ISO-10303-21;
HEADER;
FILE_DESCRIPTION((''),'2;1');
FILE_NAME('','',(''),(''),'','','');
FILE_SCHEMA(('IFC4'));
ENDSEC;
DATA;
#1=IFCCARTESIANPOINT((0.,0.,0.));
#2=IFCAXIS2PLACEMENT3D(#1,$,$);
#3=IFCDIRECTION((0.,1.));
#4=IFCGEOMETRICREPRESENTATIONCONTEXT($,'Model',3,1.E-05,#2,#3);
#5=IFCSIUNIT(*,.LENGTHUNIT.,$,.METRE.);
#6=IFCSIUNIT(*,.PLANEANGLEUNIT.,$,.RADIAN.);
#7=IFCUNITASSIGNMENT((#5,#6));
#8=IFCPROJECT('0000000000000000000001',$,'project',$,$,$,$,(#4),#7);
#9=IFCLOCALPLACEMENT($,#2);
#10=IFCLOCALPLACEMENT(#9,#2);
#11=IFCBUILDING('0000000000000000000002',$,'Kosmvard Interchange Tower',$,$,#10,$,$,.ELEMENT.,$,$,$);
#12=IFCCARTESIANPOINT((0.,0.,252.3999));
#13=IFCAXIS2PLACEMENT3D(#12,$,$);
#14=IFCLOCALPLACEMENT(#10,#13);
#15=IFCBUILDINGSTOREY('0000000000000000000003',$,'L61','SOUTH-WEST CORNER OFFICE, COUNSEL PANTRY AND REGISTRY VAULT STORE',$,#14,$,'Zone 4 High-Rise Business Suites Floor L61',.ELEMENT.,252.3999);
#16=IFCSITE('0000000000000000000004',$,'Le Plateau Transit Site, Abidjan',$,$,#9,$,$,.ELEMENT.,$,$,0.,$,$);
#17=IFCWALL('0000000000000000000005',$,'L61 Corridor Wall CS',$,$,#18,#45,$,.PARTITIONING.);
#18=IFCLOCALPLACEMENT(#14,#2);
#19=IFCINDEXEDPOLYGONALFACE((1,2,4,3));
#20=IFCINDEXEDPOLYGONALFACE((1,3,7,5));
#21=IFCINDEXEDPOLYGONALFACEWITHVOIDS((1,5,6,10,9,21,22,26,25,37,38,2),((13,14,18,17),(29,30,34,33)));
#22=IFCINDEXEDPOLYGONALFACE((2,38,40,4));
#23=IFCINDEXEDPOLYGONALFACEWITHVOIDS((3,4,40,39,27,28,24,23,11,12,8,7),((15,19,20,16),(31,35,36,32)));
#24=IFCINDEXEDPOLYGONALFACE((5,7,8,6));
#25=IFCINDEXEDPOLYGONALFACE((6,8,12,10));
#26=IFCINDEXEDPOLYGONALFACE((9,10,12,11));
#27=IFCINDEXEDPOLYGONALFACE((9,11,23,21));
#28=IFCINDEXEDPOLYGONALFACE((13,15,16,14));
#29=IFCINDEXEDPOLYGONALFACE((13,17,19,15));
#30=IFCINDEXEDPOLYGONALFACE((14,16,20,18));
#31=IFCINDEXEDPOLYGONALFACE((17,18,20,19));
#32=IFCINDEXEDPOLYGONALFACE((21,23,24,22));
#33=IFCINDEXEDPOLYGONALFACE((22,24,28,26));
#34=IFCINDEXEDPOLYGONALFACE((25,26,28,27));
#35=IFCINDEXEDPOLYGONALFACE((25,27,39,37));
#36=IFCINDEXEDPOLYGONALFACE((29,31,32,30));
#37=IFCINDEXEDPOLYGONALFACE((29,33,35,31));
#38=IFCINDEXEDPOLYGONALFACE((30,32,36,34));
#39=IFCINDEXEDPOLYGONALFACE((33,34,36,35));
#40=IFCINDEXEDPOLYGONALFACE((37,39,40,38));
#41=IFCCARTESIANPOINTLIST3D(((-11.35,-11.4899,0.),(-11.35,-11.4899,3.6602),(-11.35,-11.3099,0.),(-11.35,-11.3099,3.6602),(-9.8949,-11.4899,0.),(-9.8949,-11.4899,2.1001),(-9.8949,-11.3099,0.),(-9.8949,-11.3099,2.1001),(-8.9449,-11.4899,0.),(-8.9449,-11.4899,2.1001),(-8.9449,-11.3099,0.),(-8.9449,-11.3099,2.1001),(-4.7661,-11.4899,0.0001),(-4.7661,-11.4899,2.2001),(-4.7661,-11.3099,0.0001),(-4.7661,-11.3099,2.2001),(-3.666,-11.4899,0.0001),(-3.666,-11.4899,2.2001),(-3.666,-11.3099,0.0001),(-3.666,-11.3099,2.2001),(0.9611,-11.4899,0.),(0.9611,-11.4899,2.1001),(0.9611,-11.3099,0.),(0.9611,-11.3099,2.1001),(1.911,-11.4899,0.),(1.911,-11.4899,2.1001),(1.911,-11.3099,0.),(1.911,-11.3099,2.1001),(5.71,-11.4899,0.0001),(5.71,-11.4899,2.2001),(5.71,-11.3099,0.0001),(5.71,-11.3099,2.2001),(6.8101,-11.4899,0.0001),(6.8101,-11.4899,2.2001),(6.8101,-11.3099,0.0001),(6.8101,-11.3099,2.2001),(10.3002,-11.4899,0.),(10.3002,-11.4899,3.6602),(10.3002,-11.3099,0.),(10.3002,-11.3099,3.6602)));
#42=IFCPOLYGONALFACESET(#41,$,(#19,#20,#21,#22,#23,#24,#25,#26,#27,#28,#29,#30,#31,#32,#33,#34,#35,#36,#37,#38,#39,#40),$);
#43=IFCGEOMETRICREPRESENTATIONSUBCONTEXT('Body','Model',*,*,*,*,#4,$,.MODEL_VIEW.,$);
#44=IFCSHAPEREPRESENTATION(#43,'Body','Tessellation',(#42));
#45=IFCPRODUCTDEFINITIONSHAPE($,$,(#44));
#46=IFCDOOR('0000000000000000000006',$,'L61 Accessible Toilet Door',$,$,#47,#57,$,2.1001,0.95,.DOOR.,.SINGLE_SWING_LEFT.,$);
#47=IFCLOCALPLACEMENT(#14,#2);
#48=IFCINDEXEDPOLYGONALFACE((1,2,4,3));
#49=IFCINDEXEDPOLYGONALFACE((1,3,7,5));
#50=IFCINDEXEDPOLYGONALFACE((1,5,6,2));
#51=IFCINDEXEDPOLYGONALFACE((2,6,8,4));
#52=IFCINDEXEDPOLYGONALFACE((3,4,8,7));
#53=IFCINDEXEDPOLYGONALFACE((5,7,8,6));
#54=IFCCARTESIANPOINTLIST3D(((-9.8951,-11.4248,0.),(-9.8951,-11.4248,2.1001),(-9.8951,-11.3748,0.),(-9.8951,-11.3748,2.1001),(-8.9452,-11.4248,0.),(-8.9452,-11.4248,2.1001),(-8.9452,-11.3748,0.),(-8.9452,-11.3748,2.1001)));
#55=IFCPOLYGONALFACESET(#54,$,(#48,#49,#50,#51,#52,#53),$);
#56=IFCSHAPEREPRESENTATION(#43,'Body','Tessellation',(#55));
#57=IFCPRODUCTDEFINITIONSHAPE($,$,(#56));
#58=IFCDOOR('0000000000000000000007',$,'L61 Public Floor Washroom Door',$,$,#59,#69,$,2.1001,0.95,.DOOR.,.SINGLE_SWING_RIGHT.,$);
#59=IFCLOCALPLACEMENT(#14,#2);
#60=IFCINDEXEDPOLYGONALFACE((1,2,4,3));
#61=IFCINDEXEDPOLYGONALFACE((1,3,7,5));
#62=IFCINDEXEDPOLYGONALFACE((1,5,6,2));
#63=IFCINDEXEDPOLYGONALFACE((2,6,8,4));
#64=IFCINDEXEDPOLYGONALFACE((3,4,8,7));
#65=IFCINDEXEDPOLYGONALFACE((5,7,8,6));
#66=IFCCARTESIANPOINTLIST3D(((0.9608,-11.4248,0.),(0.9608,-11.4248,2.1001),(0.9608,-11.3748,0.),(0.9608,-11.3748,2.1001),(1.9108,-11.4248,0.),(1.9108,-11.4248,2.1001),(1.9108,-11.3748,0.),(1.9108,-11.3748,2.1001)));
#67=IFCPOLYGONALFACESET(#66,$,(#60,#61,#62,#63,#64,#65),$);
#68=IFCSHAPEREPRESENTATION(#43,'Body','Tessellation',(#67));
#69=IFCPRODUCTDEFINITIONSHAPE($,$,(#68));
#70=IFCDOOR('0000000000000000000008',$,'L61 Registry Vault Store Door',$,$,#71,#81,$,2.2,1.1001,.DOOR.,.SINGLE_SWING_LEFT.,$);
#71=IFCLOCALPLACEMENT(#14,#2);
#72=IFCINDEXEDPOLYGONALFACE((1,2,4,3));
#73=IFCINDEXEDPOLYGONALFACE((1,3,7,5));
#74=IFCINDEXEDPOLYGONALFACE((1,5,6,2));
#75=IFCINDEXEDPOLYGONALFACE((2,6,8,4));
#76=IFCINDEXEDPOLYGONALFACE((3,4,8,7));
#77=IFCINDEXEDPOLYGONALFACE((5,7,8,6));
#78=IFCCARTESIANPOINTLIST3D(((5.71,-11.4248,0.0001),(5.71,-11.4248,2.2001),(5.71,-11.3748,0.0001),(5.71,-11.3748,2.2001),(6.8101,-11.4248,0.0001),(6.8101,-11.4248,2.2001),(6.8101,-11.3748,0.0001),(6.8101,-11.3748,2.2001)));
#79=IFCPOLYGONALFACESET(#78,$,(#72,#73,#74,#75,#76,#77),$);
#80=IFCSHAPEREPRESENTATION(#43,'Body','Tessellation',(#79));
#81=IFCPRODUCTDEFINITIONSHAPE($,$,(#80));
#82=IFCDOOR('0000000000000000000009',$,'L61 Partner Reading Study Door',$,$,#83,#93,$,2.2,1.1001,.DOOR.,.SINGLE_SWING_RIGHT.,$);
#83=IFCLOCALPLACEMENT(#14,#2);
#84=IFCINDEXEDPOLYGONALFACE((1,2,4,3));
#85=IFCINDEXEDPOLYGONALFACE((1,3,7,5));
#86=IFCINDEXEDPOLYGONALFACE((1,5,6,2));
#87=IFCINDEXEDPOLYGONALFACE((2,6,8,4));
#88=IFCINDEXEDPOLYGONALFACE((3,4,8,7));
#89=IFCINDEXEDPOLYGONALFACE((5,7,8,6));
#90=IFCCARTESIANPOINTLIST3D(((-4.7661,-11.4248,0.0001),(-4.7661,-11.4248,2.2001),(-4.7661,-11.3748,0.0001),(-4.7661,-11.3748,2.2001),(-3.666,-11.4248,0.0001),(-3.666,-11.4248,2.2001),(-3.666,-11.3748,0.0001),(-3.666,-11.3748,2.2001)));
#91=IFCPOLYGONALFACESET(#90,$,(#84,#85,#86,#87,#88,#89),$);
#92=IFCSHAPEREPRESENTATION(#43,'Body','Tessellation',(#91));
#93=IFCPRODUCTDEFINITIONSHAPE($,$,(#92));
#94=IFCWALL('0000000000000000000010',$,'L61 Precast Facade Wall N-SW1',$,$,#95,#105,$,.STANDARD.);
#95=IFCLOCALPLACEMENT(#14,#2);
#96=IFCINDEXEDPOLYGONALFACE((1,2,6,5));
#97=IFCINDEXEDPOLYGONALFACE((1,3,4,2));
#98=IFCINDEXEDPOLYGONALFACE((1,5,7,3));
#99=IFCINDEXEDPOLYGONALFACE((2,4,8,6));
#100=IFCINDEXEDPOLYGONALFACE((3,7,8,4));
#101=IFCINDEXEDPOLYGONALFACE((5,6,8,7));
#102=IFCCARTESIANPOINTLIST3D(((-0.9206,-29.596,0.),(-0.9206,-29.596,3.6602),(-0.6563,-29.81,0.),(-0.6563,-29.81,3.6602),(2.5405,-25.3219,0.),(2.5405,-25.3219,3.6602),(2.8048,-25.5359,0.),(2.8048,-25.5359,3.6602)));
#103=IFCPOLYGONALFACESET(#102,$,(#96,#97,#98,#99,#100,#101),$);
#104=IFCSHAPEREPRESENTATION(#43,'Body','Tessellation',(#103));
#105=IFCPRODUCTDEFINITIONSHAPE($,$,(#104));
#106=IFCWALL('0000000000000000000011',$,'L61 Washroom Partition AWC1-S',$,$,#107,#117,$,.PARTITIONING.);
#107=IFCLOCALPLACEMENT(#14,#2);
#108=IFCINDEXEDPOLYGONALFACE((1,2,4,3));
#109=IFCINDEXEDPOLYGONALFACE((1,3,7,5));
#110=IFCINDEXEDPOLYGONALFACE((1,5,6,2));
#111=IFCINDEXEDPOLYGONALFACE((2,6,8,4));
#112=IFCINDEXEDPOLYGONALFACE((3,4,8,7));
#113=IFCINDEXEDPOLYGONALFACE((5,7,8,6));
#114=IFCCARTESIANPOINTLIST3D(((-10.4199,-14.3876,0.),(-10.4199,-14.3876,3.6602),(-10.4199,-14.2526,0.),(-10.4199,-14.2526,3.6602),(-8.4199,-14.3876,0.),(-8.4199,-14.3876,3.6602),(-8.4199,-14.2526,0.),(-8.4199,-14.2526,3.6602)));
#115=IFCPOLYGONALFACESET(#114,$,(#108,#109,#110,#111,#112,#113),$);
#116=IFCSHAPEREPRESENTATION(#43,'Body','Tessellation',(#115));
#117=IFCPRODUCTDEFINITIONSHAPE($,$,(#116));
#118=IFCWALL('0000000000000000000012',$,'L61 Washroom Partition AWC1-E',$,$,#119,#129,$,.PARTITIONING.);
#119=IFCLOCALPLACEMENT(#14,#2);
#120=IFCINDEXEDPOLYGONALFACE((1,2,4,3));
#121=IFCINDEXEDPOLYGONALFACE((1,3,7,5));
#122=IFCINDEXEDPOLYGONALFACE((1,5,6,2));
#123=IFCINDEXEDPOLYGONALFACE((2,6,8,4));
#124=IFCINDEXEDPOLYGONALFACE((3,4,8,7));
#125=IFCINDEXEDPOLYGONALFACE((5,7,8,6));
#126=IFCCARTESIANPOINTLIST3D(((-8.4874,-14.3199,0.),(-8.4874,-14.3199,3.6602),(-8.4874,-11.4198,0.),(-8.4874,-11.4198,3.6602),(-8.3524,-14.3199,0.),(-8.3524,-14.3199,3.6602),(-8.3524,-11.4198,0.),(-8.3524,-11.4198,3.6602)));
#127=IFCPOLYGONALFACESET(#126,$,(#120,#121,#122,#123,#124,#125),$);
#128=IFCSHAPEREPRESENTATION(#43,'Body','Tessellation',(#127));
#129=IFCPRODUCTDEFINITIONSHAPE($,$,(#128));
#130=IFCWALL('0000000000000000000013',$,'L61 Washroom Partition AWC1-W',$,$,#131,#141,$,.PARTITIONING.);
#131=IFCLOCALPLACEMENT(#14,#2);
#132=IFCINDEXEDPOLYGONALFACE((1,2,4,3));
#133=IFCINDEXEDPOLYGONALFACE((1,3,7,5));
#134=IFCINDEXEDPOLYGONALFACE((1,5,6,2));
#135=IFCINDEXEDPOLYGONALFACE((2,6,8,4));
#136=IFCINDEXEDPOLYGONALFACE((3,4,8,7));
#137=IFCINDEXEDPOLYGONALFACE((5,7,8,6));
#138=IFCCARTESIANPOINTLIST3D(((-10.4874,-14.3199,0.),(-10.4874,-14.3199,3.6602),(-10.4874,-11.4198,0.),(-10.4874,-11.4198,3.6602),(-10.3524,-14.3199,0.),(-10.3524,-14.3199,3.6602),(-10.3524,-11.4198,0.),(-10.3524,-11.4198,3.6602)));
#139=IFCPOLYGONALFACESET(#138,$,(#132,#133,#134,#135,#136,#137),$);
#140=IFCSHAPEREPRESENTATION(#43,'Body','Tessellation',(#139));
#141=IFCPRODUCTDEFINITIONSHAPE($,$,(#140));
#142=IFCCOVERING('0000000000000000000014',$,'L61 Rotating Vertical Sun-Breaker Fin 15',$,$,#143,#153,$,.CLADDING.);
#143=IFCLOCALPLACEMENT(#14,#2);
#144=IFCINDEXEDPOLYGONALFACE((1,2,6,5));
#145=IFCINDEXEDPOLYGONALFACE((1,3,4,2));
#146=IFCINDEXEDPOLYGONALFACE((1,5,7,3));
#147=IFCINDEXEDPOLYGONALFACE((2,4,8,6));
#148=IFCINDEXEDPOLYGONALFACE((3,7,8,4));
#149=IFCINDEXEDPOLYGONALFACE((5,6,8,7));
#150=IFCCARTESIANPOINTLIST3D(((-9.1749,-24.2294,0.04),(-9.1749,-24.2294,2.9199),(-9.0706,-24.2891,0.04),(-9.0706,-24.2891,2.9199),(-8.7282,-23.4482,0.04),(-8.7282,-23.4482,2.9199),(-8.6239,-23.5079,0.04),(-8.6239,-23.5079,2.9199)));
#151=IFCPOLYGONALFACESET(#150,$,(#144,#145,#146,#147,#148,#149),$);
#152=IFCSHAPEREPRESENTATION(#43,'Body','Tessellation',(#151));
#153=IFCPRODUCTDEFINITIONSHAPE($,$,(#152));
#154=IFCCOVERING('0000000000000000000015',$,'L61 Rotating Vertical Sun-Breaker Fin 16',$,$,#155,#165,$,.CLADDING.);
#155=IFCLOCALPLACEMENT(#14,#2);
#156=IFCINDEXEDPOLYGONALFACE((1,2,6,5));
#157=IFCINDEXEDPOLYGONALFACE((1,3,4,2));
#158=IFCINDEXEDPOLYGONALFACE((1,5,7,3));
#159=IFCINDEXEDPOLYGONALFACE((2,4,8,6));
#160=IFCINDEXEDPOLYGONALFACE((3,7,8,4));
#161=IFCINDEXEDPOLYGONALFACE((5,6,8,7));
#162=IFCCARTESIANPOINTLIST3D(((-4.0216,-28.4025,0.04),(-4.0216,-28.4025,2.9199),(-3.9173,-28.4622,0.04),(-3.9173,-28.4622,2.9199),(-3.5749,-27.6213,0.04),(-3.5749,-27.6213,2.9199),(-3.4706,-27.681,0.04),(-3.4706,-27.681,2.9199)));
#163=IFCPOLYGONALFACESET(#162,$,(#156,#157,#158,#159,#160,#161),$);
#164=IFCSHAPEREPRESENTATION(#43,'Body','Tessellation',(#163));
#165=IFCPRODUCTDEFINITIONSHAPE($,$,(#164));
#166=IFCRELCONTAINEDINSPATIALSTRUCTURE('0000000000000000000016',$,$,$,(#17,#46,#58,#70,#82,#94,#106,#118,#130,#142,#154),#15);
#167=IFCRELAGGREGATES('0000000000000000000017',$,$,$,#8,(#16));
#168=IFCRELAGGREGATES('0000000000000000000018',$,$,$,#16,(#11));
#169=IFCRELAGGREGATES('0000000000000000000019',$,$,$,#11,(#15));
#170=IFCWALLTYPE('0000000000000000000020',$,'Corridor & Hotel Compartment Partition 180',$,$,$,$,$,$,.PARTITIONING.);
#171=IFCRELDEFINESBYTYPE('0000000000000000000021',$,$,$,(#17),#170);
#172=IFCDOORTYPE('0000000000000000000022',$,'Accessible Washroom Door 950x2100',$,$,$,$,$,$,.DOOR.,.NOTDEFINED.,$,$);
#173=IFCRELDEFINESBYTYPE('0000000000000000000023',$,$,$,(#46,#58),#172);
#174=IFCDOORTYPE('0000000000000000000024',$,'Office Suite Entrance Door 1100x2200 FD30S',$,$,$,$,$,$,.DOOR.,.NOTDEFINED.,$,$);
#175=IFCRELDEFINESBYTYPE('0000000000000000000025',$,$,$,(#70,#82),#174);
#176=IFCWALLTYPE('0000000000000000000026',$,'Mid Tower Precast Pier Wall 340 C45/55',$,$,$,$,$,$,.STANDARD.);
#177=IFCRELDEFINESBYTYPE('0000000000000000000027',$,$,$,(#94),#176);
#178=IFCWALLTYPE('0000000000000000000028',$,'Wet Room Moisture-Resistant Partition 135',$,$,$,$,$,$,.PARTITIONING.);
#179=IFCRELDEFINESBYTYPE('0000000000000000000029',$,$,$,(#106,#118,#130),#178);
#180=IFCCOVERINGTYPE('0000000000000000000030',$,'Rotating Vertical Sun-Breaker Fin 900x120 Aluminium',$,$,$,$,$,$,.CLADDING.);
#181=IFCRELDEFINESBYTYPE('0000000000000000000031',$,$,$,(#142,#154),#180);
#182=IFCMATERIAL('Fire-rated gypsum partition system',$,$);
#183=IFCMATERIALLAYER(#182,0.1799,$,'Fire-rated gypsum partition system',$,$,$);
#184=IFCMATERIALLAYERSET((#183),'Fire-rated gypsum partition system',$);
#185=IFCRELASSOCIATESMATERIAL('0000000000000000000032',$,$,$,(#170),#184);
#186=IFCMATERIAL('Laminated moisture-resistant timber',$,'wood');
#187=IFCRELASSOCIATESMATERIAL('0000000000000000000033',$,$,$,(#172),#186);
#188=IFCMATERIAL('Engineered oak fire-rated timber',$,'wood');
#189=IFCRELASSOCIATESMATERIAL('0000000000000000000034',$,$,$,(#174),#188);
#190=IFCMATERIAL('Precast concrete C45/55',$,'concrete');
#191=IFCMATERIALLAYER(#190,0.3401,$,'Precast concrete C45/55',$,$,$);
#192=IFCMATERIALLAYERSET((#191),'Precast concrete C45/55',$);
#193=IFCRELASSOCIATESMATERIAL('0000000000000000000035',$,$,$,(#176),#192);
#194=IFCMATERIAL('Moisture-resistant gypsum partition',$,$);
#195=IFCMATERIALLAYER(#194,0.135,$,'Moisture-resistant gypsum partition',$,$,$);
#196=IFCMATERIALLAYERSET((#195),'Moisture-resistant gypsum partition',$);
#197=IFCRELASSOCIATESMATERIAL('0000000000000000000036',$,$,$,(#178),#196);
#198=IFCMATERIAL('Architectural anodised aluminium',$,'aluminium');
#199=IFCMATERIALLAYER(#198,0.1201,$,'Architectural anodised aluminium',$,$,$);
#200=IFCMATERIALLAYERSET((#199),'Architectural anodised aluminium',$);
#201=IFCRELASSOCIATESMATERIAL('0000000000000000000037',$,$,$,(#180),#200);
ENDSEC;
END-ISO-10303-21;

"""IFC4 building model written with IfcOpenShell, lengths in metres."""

from ifc_helpers import new_model, si_unit, direction, frame, frame_2d, origin, origin_2d, place, context, subcontext, project, spatial, rectangle, extrude, source, transform, mapped, material, layer, layer_set, type_object, element, fill, save


model = new_model("IFC4")

# Units and contexts
model_context = context("Model", 3, precision=1e-05, world=origin(), true_north=direction((0.0, 1.0)))
body_context = subcontext(model_context, "Body", "Model", "MODEL_VIEW")
ifc_project = project(units=[si_unit("LENGTHUNIT", "METRE"), si_unit("PLANEANGLEUNIT", "RADIAN")], contexts=[model_context])

# Site, building, storey
site_placement = place(None, origin())
site = spatial("IfcSite", under=ifc_project, at=site_placement, Name="Le Plateau Transit Site, Abidjan", CompositionType="ELEMENT", RefElevation=0.0)
building_placement = place(site_placement, origin())
building = spatial("IfcBuilding", under=site, at=building_placement, Name="Kosmvard Interchange Tower", CompositionType="ELEMENT")
storey_placement = place(building_placement, frame((0.0, 0.0, 252.3999)))
storey = spatial("IfcBuildingStorey", under=building, at=storey_placement, Name="L61", Description="SOUTH-WEST CORNER OFFICE, COUNSEL PANTRY AND REGISTRY VAULT STORE", LongName="Zone 4 High-Rise Business Suites Floor L61", CompositionType="ELEMENT", Elevation=252.3999)

# Shared definitions
ifc_material_1 = material(Name="Precast concrete C45/55", Category="concrete")

# Wall, openings, doors
ifc_material_2 = material(Name="Fire-rated gypsum partition system")
ifc_layer_1 = layer(ifc_material_2, 0.1799, Name="Fire-rated gypsum partition system")
ifc_layer_set_1 = layer_set([ifc_layer_1], Name="Fire-rated gypsum partition system")
wall_type_1 = type_object("IfcWallType", Name="Corridor & Hotel Compartment Partition 180", PredefinedType="PARTITIONING", material=ifc_layer_set_1)
wall_1_placement = place(storey_placement, frame((-11.3501, -11.3999, 0.0), z_axis=(0.0, 0.0, 1.0), x_axis=(1.0, 0.0, 0.0)))
wall_1 = element("IfcWall", 1, at=wall_1_placement, inside=storey, type_object=wall_type_1, Name="L61 Corridor Wall CS", PredefinedType="PARTITIONING", context=body_context, shape_type="SweptSolid", body=[
    extrude(rectangle(XDim=21.6501, YDim=0.1799, at=frame_2d((10.8252, 0.0))), origin(), (0.0, 0.0, 1.0), 3.6602),
])
opening_1_placement = place(wall_1_placement, frame((1.4551, 0.0, 0.0)))
opening_1 = element("IfcOpeningElement", 2, at=opening_1_placement, cuts=wall_1, PredefinedType="OPENING", context=body_context, shape_type="SweptSolid", body=[
    extrude(rectangle(XDim=0.95, YDim=2.1001, at=frame_2d((0.4751, 1.05))), frame((0.0, 0.1001, 0.0), z_axis=(0.0, -1.0, 0.0), x_axis=(1.0, 0.0, 0.0)), (0.0, 0.0, 1.0), 0.2),
])
opening_2_placement = place(wall_1_placement, frame((12.311, 0.0, 0.0)))
opening_2 = element("IfcOpeningElement", 3, at=opening_2_placement, cuts=wall_1, PredefinedType="OPENING", context=body_context, shape_type="SweptSolid", body=[
    extrude(rectangle(XDim=0.95, YDim=2.1001, at=frame_2d((0.4751, 1.05))), frame((0.0, 0.1001, 0.0), z_axis=(0.0, -1.0, 0.0), x_axis=(1.0, 0.0, 0.0)), (0.0, 0.0, 1.0), 0.2),
])
opening_3_placement = place(wall_1_placement, frame((17.0601, 0.0, 0.0)))
opening_3 = element("IfcOpeningElement", 4, at=opening_3_placement, cuts=wall_1, PredefinedType="OPENING", context=body_context, shape_type="SweptSolid", body=[
    extrude(rectangle(XDim=1.1001, YDim=2.2, at=frame_2d((0.55, 1.1001))), frame((0.0, 0.1001, 0.0), z_axis=(0.0, -1.0, 0.0), x_axis=(1.0, 0.0, 0.0)), (0.0, 0.0, 1.0), 0.2),
])
opening_4_placement = place(wall_1_placement, frame((6.584, 0.0, 0.0)))
opening_4 = element("IfcOpeningElement", 5, at=opening_4_placement, cuts=wall_1, PredefinedType="OPENING", context=body_context, shape_type="SweptSolid", body=[
    extrude(rectangle(XDim=1.1001, YDim=2.2, at=frame_2d((0.55, 1.1001))), frame((0.0, 0.1001, 0.0), z_axis=(0.0, -1.0, 0.0), x_axis=(1.0, 0.0, 0.0)), (0.0, 0.0, 1.0), 0.2),
])
ifc_material_3 = material(Name="Laminated moisture-resistant timber", Category="wood")
door_type_1 = type_object("IfcDoorType", Name="Accessible Washroom Door 950x2100", OperationType="NOTDEFINED", PredefinedType="DOOR", material=ifc_material_3)
shared_shape_1 = source(origin(), body_context, "Body", "SweptSolid", [
    extrude(rectangle(XDim=0.95, YDim=2.1001, at=frame_2d((0.4751, 1.05))), frame((0.0, 0.0249, 0.0), z_axis=(0.0, -1.0, 0.0), x_axis=(1.0, 0.0, 0.0)), (0.0, 0.0, 1.0), 0.05),
])
door_1_placement = place(opening_1_placement, frame((0.95, 0.0, 0.0), z_axis=(0.0, 0.0, 1.0), x_axis=(-1.0, 0.0, 0.0)))
door_1 = element("IfcDoor", 6, at=door_1_placement, inside=storey, type_object=door_type_1, Name="L61 Accessible Toilet Door", OperationType="SINGLE_SWING_LEFT", OverallHeight=2.1001, OverallWidth=0.95, PredefinedType="DOOR", context=body_context, shape_type="MappedRepresentation", body=[
    mapped(shared_shape_1, transform((0.0, 0.0, 0.0), scale=1.0)),
])
fill(opening_1, door_1)
door_2_placement = place(opening_2_placement, frame((0.95, 0.0, 0.0), z_axis=(0.0, 0.0, 1.0), x_axis=(-1.0, 0.0, 0.0)))
door_2 = element("IfcDoor", 7, at=door_2_placement, inside=storey, type_object=door_type_1, Name="L61 Public Floor Washroom Door", OperationType="SINGLE_SWING_RIGHT", OverallHeight=2.1001, OverallWidth=0.95, PredefinedType="DOOR", context=body_context, shape_type="MappedRepresentation", body=[
    mapped(shared_shape_1, transform((0.0, 0.0, 0.0), scale=1.0)),
])
fill(opening_2, door_2)
ifc_material_4 = material(Name="Engineered oak fire-rated timber", Category="wood")
door_type_2 = type_object("IfcDoorType", Name="Office Suite Entrance Door 1100x2200 FD30S", OperationType="NOTDEFINED", PredefinedType="DOOR", material=ifc_material_4)
shared_shape_2 = source(origin(), body_context, "Body", "SweptSolid", [
    extrude(rectangle(XDim=1.1001, YDim=2.2, at=frame_2d((0.55, 1.1001))), frame((0.0, 0.0249, 0.0), z_axis=(0.0, -1.0, 0.0), x_axis=(1.0, 0.0, 0.0)), (0.0, 0.0, 1.0), 0.05),
])
door_3_placement = place(opening_3_placement, frame((1.1001, 0.0, 0.0), z_axis=(0.0, 0.0, 1.0), x_axis=(-1.0, 0.0, 0.0)))
door_3 = element("IfcDoor", 8, at=door_3_placement, inside=storey, type_object=door_type_2, Name="L61 Registry Vault Store Door", OperationType="SINGLE_SWING_LEFT", OverallHeight=2.2, OverallWidth=1.1001, PredefinedType="DOOR", context=body_context, shape_type="MappedRepresentation", body=[
    mapped(shared_shape_2, transform((0.0, 0.0, 0.0), scale=1.0)),
])
fill(opening_3, door_3)
door_4_placement = place(opening_4_placement, frame((1.1001, 0.0, 0.0), z_axis=(0.0, 0.0, 1.0), x_axis=(-1.0, 0.0, 0.0)))
door_4 = element("IfcDoor", 9, at=door_4_placement, inside=storey, type_object=door_type_2, Name="L61 Partner Reading Study Door", OperationType="SINGLE_SWING_RIGHT", OverallHeight=2.2, OverallWidth=1.1001, PredefinedType="DOOR", context=body_context, shape_type="MappedRepresentation", body=[
    mapped(shared_shape_2, transform((0.0, 0.0, 0.0), scale=1.0)),
])
fill(opening_4, door_4)

# Walls
ifc_layer_2 = layer(ifc_material_1, 0.3401, Name="Precast concrete C45/55")
ifc_layer_set_2 = layer_set([ifc_layer_2], Name="Precast concrete C45/55")
wall_type_2 = type_object("IfcWallType", Name="Mid Tower Precast Pier Wall 340 C45/55", PredefinedType="STANDARD", material=ifc_layer_set_2)
wall_2_placement = place(storey_placement, frame((-0.7886, -29.7031, 0.0), z_axis=(0.0, 0.0, 1.0), x_axis=(0.629323, 0.777144, 0.0)))
element("IfcWall", 10, at=wall_2_placement, inside=storey, type_object=wall_type_2, Name="L61 Precast Facade Wall N-SW1", PredefinedType="STANDARD", context=body_context, shape_type="SweptSolid", body=[
    extrude(rectangle(XDim=5.4998, YDim=0.3401, at=frame_2d((2.75, 0.0))), origin(), (0.0, 0.0, 1.0), 3.6602),
])
ifc_material_5 = material(Name="Moisture-resistant gypsum partition")
ifc_layer_3 = layer(ifc_material_5, 0.135, Name="Moisture-resistant gypsum partition")
ifc_layer_set_3 = layer_set([ifc_layer_3], Name="Moisture-resistant gypsum partition")
wall_type_3 = type_object("IfcWallType", Name="Wet Room Moisture-Resistant Partition 135", PredefinedType="PARTITIONING", material=ifc_layer_set_3)
wall_3_placement = place(storey_placement, frame((-10.4199, -14.3201, 0.0), z_axis=(0.0, 0.0, 1.0), x_axis=(1.0, 0.0, 0.0)))
element("IfcWall", 11, at=wall_3_placement, inside=storey, type_object=wall_type_3, Name="L61 Washroom Partition AWC1-S", PredefinedType="PARTITIONING", context=body_context, shape_type="SweptSolid", body=[
    extrude(rectangle(XDim=2.0, YDim=0.135, at=frame_2d((1.0, 0.0))), origin(), (0.0, 0.0, 1.0), 3.6602),
])
for number, where, z_axis, x_axis, name in (
    (12, (-8.4199, -14.3201, 0.0), (0.0, 0.0, 1.0), (0.0, 1.0, 0.0), "L61 Washroom Partition AWC1-E"),
    (13, (-10.4199, -14.3201, 0.0), (0.0, 0.0, 1.0), (0.0, 1.0, 0.0), "L61 Washroom Partition AWC1-W"),
):
    element("IfcWall", number, at=place(storey_placement, frame(where, z_axis=z_axis, x_axis=x_axis)), inside=storey, type_object=wall_type_3, Name=name, PredefinedType="PARTITIONING", context=body_context, shape_type="SweptSolid", body=[
        extrude(rectangle(XDim=2.9001, YDim=0.135, at=frame_2d((1.4502, 0.0))), origin(), (0.0, 0.0, 1.0), 3.6602),
    ])

# Coverings
ifc_material_6 = material(Name="Architectural anodised aluminium", Category="aluminium")
ifc_layer_4 = layer(ifc_material_6, 0.1201, Name="Architectural anodised aluminium")
ifc_layer_set_4 = layer_set([ifc_layer_4], Name="Architectural anodised aluminium")
covering_type = type_object("IfcCoveringType", Name="Rotating Vertical Sun-Breaker Fin 900x120 Aluminium", PredefinedType="CLADDING", material=ifc_layer_set_4)
shared_shape_3 = source(origin(), body_context, "Body", "SweptSolid", [
    extrude(rectangle(XDim=0.8999, YDim=0.1201, at=origin_2d()), origin(), (0.0, 0.0, 1.0), 2.8799),
])
for number, where, z_axis, x_axis, name in (
    (14, (-8.8994, -23.8687, 0.04), (0.0, 0.0, 1.0), (-0.496368, -0.868112, 0.0), "L61 Rotating Vertical Sun-Breaker Fin 15"),
    (15, (-3.7461, -28.0417, 0.04), (0.0, 0.0, 1.0), (-0.496368, -0.868112, 0.0), "L61 Rotating Vertical Sun-Breaker Fin 16"),
):
    element("IfcCovering", number, at=place(storey_placement, frame(where, z_axis=z_axis, x_axis=x_axis)), inside=storey, type_object=covering_type, Name=name, PredefinedType="CLADDING", context=body_context, shape_type="MappedRepresentation", body=[
        mapped(shared_shape_3, transform((0.0, 0.0, 0.0), scale=1.0)),
    ])

save(model, "model.ifc")
